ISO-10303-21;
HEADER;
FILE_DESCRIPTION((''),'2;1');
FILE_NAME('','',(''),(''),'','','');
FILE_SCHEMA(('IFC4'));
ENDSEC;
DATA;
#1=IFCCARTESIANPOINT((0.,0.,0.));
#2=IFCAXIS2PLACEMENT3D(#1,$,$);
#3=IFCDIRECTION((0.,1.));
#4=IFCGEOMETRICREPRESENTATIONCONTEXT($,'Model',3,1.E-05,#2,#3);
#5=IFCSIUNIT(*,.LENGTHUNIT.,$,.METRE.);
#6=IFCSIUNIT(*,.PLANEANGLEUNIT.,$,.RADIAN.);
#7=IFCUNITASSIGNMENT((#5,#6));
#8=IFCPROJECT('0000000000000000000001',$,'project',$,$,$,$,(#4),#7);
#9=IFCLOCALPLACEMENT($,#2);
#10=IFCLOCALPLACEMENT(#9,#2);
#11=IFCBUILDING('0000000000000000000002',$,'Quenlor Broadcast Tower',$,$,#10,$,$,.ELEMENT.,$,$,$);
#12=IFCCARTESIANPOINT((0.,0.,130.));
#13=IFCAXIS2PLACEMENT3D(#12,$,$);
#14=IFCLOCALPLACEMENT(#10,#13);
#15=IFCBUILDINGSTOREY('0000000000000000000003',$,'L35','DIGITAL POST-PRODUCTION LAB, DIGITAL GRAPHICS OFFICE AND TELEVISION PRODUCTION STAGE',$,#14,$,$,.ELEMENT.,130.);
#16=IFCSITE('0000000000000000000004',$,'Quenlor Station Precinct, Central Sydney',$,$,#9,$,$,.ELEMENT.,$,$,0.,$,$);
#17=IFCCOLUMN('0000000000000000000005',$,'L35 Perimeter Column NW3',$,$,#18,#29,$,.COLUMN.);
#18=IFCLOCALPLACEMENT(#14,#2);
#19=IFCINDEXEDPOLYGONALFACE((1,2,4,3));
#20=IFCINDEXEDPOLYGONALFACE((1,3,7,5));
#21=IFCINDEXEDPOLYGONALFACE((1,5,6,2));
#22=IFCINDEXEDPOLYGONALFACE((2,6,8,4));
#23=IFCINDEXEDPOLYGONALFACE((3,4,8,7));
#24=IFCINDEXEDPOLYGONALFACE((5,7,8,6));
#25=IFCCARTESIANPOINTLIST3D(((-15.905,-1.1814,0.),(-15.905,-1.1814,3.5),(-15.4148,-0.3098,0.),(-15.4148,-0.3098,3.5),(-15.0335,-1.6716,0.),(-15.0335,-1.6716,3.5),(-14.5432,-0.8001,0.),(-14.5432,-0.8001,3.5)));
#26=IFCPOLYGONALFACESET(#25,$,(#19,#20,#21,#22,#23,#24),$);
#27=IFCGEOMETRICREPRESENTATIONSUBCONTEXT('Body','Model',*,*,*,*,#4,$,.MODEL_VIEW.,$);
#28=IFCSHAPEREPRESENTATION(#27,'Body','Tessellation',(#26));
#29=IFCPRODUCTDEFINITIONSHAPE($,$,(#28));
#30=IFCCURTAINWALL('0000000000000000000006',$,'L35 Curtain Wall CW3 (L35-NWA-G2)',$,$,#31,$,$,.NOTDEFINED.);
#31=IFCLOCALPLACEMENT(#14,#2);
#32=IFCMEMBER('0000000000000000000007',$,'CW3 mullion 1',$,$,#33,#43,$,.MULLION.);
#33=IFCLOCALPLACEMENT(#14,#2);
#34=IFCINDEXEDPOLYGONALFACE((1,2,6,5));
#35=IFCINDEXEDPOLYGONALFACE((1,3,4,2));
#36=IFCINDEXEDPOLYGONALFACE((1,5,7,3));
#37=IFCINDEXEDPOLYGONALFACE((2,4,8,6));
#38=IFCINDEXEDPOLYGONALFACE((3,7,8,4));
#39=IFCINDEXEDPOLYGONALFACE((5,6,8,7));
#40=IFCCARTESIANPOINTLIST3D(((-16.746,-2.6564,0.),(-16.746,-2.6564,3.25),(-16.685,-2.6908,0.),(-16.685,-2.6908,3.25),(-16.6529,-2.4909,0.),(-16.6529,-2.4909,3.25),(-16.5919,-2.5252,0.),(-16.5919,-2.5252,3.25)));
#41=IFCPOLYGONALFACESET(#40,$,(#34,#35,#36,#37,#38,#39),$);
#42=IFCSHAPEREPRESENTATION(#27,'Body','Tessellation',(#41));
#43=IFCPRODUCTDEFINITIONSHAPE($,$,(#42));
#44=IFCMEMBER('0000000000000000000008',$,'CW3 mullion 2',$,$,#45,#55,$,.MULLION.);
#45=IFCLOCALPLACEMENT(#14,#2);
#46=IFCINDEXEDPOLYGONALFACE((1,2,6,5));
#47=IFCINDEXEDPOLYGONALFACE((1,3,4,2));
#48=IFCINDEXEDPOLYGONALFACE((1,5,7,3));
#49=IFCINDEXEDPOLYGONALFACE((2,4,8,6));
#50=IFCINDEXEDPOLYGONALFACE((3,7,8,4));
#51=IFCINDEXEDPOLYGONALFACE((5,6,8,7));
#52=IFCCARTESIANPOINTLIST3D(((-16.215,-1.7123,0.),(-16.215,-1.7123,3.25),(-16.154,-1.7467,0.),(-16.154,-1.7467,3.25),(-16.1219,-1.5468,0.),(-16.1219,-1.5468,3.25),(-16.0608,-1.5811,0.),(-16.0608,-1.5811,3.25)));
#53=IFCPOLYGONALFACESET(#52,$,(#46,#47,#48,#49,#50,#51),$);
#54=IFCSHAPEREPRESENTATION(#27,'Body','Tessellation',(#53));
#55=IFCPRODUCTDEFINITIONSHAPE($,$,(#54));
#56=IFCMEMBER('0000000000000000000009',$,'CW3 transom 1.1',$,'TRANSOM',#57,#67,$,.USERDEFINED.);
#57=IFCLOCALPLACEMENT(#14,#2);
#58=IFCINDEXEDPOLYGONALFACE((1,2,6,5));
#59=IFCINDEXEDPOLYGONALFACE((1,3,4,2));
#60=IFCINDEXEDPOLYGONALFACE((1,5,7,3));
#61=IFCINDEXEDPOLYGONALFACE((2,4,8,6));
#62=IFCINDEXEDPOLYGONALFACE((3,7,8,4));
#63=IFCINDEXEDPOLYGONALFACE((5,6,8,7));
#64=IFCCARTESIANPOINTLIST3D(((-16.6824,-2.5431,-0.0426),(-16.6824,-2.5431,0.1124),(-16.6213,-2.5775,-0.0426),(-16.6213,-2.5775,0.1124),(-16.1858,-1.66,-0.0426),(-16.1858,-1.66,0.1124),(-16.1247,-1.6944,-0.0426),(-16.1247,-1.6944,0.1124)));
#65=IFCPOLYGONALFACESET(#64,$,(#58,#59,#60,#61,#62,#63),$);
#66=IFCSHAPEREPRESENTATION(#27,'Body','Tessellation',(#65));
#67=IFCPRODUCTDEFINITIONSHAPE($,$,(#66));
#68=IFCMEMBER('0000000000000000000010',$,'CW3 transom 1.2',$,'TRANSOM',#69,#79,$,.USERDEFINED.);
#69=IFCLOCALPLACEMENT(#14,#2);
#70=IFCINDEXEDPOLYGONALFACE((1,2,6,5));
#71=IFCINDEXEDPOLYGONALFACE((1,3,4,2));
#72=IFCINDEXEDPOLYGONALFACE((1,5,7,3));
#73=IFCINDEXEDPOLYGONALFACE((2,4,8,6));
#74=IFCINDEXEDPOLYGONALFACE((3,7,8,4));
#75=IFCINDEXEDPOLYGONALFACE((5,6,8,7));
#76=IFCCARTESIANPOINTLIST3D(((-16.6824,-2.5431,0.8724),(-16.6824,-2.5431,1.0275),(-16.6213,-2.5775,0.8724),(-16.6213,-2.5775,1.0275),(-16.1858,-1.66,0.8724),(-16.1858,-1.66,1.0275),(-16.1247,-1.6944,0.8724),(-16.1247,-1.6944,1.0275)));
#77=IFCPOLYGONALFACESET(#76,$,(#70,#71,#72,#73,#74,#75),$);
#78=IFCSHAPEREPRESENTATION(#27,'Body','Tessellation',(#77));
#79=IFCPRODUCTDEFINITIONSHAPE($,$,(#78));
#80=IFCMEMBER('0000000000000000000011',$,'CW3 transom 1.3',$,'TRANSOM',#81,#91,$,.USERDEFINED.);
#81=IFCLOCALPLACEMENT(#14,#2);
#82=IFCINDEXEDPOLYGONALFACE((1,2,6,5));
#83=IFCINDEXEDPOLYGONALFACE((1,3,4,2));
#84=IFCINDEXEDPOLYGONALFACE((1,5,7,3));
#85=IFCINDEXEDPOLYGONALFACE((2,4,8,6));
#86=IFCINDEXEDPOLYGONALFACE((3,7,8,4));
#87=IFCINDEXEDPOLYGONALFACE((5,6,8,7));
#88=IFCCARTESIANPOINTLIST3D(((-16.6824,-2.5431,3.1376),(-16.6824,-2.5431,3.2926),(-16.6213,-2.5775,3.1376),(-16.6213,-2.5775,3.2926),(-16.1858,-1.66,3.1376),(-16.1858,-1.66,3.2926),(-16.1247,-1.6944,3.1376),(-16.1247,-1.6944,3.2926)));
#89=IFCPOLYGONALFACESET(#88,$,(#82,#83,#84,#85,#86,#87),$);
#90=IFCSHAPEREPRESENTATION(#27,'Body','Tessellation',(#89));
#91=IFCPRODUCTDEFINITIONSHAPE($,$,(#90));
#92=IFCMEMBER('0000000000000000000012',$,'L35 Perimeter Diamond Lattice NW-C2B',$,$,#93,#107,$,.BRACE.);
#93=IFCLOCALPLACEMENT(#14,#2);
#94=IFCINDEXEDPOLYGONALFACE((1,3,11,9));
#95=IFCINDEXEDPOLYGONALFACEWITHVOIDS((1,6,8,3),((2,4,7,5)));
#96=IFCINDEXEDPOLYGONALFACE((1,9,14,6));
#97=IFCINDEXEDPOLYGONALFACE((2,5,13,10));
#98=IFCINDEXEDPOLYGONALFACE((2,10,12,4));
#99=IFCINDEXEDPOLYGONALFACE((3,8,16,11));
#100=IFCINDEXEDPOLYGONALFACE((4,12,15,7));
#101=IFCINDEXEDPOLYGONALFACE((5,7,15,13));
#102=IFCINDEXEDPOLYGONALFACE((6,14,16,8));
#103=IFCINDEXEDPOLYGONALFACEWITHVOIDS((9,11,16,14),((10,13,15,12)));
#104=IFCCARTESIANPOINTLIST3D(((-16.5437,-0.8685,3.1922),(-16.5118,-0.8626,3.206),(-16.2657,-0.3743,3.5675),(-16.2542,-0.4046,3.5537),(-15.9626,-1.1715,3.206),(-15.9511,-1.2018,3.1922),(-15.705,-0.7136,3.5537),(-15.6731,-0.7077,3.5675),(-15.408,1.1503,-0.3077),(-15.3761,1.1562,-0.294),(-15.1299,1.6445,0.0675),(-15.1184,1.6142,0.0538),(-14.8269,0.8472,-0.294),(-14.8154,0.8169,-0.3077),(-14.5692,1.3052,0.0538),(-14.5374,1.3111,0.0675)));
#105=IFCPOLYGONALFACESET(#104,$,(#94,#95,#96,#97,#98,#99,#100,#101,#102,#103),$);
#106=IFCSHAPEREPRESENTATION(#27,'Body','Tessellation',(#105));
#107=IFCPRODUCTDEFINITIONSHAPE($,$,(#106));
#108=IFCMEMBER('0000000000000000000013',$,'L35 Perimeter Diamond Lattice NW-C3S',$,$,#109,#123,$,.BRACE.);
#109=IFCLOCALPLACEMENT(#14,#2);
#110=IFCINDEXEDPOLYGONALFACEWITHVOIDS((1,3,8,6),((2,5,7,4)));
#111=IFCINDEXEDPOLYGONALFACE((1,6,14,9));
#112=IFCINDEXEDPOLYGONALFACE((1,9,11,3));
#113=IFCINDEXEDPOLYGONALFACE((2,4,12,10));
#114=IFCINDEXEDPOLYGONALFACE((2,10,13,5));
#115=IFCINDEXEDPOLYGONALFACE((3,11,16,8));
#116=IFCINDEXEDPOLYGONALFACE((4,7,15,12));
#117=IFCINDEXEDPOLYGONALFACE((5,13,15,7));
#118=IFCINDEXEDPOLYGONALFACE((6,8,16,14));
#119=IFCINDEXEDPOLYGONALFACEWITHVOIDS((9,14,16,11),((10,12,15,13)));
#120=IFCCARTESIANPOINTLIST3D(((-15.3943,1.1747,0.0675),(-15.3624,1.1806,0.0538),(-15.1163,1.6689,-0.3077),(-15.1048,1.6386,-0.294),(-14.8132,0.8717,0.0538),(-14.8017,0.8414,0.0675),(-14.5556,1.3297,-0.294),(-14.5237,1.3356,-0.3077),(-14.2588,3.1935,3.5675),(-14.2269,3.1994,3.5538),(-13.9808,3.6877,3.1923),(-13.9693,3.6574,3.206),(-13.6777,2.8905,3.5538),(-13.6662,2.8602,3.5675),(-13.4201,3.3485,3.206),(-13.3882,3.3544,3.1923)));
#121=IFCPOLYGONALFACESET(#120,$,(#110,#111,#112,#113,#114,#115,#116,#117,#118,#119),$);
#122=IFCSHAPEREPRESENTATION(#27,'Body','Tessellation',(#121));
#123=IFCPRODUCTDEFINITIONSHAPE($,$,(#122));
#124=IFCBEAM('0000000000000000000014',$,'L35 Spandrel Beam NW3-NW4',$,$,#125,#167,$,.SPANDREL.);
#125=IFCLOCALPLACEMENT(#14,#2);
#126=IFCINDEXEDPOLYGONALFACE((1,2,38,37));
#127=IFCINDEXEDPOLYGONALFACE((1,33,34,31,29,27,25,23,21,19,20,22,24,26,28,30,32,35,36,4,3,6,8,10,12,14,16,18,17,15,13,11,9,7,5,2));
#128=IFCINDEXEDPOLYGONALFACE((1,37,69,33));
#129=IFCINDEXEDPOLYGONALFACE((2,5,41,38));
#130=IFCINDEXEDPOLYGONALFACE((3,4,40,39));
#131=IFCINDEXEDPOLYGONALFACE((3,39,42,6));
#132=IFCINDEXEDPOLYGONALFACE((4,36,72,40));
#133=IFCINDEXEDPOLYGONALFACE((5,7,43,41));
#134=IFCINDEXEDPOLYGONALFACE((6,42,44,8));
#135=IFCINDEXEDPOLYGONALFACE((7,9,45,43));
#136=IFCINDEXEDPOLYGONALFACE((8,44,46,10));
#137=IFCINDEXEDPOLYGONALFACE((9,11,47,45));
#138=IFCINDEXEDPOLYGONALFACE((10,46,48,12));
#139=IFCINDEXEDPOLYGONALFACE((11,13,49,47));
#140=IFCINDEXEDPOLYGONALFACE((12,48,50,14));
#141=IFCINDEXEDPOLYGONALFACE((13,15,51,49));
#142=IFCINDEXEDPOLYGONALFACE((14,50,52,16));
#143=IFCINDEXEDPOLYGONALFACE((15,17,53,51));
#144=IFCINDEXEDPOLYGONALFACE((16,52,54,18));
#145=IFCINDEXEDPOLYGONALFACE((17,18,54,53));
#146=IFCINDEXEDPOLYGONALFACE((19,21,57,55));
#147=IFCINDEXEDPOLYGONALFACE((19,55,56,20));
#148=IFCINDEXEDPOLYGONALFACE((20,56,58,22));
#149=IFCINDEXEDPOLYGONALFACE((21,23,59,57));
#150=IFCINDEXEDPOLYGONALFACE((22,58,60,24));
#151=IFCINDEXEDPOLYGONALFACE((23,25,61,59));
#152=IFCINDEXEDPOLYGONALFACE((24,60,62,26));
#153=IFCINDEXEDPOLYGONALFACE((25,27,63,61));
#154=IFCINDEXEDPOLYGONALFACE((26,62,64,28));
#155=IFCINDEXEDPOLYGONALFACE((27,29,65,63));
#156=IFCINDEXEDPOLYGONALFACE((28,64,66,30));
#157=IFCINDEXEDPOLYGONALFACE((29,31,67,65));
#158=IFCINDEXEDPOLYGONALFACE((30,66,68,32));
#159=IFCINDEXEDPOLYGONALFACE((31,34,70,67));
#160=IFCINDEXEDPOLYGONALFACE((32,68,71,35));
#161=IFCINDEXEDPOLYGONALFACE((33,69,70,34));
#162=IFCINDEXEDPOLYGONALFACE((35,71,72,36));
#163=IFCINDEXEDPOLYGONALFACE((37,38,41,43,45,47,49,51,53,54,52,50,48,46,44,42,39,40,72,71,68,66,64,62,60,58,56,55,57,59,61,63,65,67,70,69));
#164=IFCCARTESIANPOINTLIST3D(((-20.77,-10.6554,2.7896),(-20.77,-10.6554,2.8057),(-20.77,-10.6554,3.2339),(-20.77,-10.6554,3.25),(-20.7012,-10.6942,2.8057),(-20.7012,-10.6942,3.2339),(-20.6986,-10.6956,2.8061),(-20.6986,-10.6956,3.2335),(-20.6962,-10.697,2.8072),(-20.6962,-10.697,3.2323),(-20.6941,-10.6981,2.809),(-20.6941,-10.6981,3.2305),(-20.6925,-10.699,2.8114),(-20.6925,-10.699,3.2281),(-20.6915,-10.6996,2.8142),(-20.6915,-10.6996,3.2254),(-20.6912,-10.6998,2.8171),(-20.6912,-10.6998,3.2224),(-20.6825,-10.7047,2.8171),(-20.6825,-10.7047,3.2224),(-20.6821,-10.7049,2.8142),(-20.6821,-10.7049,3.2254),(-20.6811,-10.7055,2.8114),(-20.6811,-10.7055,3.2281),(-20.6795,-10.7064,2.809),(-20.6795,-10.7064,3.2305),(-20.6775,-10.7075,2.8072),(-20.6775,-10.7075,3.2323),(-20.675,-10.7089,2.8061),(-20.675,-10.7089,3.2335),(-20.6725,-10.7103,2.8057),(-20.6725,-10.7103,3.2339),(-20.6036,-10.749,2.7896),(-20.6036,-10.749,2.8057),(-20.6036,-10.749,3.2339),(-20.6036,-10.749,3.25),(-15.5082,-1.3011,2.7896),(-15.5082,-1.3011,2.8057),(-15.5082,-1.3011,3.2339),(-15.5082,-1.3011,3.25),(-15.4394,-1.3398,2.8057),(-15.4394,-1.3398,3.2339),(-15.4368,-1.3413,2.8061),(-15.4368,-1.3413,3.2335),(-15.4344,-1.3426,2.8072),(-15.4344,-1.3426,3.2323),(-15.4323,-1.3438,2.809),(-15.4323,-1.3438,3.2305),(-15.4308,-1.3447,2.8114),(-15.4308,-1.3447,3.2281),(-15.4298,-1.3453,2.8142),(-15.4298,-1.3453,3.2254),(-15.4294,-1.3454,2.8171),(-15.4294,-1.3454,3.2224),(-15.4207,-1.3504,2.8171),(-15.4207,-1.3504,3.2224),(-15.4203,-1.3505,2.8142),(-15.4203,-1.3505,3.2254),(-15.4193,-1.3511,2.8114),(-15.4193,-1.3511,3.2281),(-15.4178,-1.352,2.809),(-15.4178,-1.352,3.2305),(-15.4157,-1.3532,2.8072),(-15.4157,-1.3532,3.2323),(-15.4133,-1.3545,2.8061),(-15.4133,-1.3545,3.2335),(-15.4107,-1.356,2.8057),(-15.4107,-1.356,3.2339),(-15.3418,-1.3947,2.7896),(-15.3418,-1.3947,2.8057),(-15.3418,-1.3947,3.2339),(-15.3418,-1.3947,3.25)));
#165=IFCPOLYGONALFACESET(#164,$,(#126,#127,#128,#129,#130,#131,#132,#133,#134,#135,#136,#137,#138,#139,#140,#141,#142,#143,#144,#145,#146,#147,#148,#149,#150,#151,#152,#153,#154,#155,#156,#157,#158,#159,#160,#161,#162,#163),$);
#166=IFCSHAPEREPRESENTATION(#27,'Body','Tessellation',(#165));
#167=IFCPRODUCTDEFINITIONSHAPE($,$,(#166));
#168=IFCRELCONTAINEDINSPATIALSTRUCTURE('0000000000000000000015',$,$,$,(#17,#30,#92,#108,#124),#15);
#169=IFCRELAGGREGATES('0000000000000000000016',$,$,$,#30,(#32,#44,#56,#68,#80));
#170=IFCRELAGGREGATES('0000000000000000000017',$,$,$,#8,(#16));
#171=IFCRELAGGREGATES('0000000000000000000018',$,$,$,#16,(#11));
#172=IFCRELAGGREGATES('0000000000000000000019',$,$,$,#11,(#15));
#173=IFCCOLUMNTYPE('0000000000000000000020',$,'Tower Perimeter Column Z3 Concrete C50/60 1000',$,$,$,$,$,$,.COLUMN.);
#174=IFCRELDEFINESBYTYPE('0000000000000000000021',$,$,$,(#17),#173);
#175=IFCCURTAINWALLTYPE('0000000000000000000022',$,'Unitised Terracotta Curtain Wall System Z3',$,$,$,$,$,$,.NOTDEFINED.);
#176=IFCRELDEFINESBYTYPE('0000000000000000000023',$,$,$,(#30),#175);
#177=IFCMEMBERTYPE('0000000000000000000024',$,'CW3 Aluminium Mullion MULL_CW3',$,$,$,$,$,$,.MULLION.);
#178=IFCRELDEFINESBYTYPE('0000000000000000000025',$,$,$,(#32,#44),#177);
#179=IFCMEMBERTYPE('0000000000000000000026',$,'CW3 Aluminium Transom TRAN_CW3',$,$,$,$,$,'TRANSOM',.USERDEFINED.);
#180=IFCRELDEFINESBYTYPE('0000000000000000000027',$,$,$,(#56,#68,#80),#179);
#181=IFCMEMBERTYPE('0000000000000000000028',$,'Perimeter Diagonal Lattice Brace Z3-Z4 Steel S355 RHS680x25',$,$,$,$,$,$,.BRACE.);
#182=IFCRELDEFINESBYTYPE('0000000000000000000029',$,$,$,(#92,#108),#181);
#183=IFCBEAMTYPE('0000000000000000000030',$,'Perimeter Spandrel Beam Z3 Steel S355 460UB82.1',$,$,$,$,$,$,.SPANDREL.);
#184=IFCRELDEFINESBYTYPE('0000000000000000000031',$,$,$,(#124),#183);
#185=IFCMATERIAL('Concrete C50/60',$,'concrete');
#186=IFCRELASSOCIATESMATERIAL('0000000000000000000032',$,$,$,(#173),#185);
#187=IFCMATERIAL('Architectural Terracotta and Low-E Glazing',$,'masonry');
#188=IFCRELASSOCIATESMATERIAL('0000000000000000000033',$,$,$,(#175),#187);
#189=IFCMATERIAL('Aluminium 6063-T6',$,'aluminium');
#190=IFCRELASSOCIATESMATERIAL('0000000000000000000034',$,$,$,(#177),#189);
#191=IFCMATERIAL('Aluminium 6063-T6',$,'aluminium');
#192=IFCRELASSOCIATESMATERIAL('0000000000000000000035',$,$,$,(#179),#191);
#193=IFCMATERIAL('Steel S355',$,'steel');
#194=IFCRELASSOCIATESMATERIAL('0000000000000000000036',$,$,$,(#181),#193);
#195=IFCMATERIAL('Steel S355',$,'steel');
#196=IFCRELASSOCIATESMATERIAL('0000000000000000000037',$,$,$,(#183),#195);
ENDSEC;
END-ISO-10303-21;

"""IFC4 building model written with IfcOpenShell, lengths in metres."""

from ifc_helpers import new_model, si_unit, direction, frame, origin, origin_2d, place, context, subcontext, project, spatial, rectangle, hollow_rectangle, i_section, extrude, material, material_profile, profile_set, type_object, element, aggregate, save


model = new_model("IFC4")

# Units and contexts
model_context = context("Model", 3, precision=1e-05, world=origin(), true_north=direction((0.0, 1.0)))
body_context = subcontext(model_context, "Body", "Model", "MODEL_VIEW")
ifc_project = project(units=[si_unit("LENGTHUNIT", "METRE"), si_unit("PLANEANGLEUNIT", "RADIAN")], contexts=[model_context])

# Site, building, storey
site_placement = place(None, origin())
site = spatial("IfcSite", under=ifc_project, at=site_placement, Name="Quenlor Station Precinct, Central Sydney", CompositionType="ELEMENT", RefElevation=0.0)
building_placement = place(site_placement, origin())
building = spatial("IfcBuilding", under=site, at=building_placement, Name="Quenlor Broadcast Tower", CompositionType="ELEMENT")
storey_placement = place(building_placement, frame((0.0, 0.0, 130.0)))
storey = spatial("IfcBuildingStorey", under=building, at=storey_placement, Name="L35", Description="DIGITAL POST-PRODUCTION LAB, DIGITAL GRAPHICS OFFICE AND TELEVISION PRODUCTION STAGE", CompositionType="ELEMENT", Elevation=130.0)

# Column
ifc_material_1 = material(Name="Concrete C50/60", Category="concrete")
ifc_material_profile_1 = material_profile(ifc_material_1, rectangle(XDim=1.0, YDim=1.0, at=origin_2d()))
ifc_profile_set_1 = profile_set([ifc_material_profile_1], Name="Concrete C50/60 RC1000x1000")
column_type = type_object("IfcColumnType", Name="Tower Perimeter Column Z3 Concrete C50/60 1000", PredefinedType="COLUMN", material=ifc_profile_set_1)
column_placement = place(storey_placement, frame((-15.2241, -0.9907, 0.0), z_axis=(0.0, 0.0, 1.0), x_axis=(-0.871575, 0.490262, 0.0)))
element("IfcColumn", 1, at=column_placement, inside=storey, type_object=column_type, Name="L35 Perimeter Column NW3", PredefinedType="COLUMN", context=body_context, shape_type="SweptSolid", body=[
    extrude(rectangle(XDim=1.0, YDim=1.0, at=origin_2d()), origin(), (0.0, 0.0, 1.0), 3.5),
])

# Curtain wall, members
ifc_material_2 = material(Name="Architectural Terracotta and Low-E Glazing", Category="masonry")
curtain_wall_type = type_object("IfcCurtainWallType", Name="Unitised Terracotta Curtain Wall System Z3", PredefinedType="NOTDEFINED", material=ifc_material_2)
curtain_wall_placement = place(storey_placement, origin())
curtain_wall = element("IfcCurtainWall", 2, at=curtain_wall_placement, inside=storey, type_object=curtain_wall_type, Name="L35 Curtain Wall CW3 (L35-NWA-G2)", PredefinedType="NOTDEFINED")
ifc_material_3 = material(Name="Aluminium 6063-T6", Category="aluminium")
ifc_material_profile_2 = material_profile(ifc_material_3, rectangle(XDim=0.0701, YDim=0.1899, at=origin_2d()))
ifc_profile_set_2 = profile_set([ifc_material_profile_2], Name="Aluminium 6063-T6 MULL70x190")
member_type_1 = type_object("IfcMemberType", Name="CW3 Aluminium Mullion MULL_CW3", PredefinedType="MULLION", material=ifc_profile_set_2)
member_1_placement = place(storey_placement, frame((-16.6689, -2.5908, 0.0), z_axis=(0.0, 0.0, 1.0), x_axis=(-0.87158, 0.490253, 0.0)))
member_1 = element("IfcMember", 3, at=member_1_placement, type_object=member_type_1, Name="CW3 mullion 1", PredefinedType="MULLION", context=body_context, shape_type="SweptSolid", body=[
    extrude(rectangle(XDim=0.0701, YDim=0.1899, at=origin_2d()), origin(), (0.0, 0.0, 1.0), 3.25),
])
member_2_placement = place(storey_placement, frame((-16.1379, -1.6467, 0.0), z_axis=(0.0, 0.0, 1.0), x_axis=(-0.87158, 0.490253, 0.0)))
member_2 = element("IfcMember", 4, at=member_2_placement, type_object=member_type_1, Name="CW3 mullion 2", PredefinedType="MULLION", context=body_context, shape_type="SweptSolid", body=[
    extrude(rectangle(XDim=0.0701, YDim=0.1899, at=origin_2d()), origin(), (0.0, 0.0, 1.0), 3.25),
])
ifc_material_4 = material(Name="Aluminium 6063-T6", Category="aluminium")
ifc_material_profile_3 = material_profile(ifc_material_4, rectangle(XDim=0.0701, YDim=0.155, at=origin_2d()))
ifc_profile_set_3 = profile_set([ifc_material_profile_3], Name="Aluminium 6063-T6 TRAN70x155")
member_type_2 = type_object("IfcMemberType", Name="CW3 Aluminium Transom TRAN_CW3", ElementType="TRANSOM", PredefinedType="USERDEFINED", material=ifc_profile_set_3)
member_3_placement = place(storey_placement, frame((-16.6519, -2.5603, 0.0349), z_axis=(0.490158, 0.871633, 0.0), x_axis=(-0.871633, 0.490158, 0.0)))
member_3 = element("IfcMember", 5, at=member_3_placement, type_object=member_type_2, Name="CW3 transom 1.1", ObjectType="TRANSOM", PredefinedType="USERDEFINED", context=body_context, shape_type="SweptSolid", body=[
    extrude(rectangle(XDim=0.0701, YDim=0.155, at=origin_2d()), origin(), (0.0, 0.0, 1.0), 1.0132),
])
member_4_placement = place(storey_placement, frame((-16.6519, -2.5603, 0.95), z_axis=(0.490158, 0.871633, 0.0), x_axis=(-0.871633, 0.490158, 0.0)))
member_4 = element("IfcMember", 6, at=member_4_placement, type_object=member_type_2, Name="CW3 transom 1.2", ObjectType="TRANSOM", PredefinedType="USERDEFINED", context=body_context, shape_type="SweptSolid", body=[
    extrude(rectangle(XDim=0.0701, YDim=0.155, at=origin_2d()), origin(), (0.0, 0.0, 1.0), 1.0132),
])
member_5_placement = place(storey_placement, frame((-16.6519, -2.5603, 3.2151), z_axis=(0.490158, 0.871633, 0.0), x_axis=(-0.871633, 0.490158, 0.0)))
member_5 = element("IfcMember", 7, at=member_5_placement, type_object=member_type_2, Name="CW3 transom 1.3", ObjectType="TRANSOM", PredefinedType="USERDEFINED", context=body_context, shape_type="SweptSolid", body=[
    extrude(rectangle(XDim=0.0701, YDim=0.155, at=origin_2d()), origin(), (0.0, 0.0, 1.0), 1.0132),
])

# Members
ifc_material_5 = material(Name="Steel S355", Category="steel")
ifc_material_profile_4 = material_profile(ifc_material_5, hollow_rectangle(XDim=0.6799, YDim=0.6799, WallThickness=0.0249, at=origin_2d()))
ifc_profile_set_4 = profile_set([ifc_material_profile_4], Name="Steel S355 RHS680x680x25")
member_type_3 = type_object("IfcMemberType", Name="Perimeter Diagonal Lattice Brace Z3-Z4 Steel S355 RHS680x25", PredefinedType="BRACE", material=ifc_profile_set_4)
for number, where, z_axis, x_axis, name in (
    (8, (-14.9727, 1.2307, -0.1201), (-0.270603, -0.481001, 0.833914), (0.871545, -0.490316, 0.0), "L35 Perimeter Diamond Lattice NW-C2B"),
    (9, (-14.959, 1.2551, -0.1201), (0.270549, 0.481009, 0.833927), (-0.87159, 0.490236, 0.0), "L35 Perimeter Diamond Lattice NW-C3S"),
):
    element("IfcMember", number, at=place(storey_placement, frame(where, z_axis=z_axis, x_axis=x_axis)), inside=storey, type_object=member_type_3, Name=name, PredefinedType="BRACE", context=body_context, shape_type="SweptSolid", body=[
        extrude(hollow_rectangle(XDim=0.6799, YDim=0.6799, WallThickness=0.0249, at=origin_2d()), origin(), (0.0, 0.0, 1.0), 4.197),
    ])

# Beam
ifc_material_6 = material(Name="Steel S355", Category="steel")
ifc_material_profile_5 = material_profile(ifc_material_6, i_section(OverallWidth=0.1909, OverallDepth=0.4604, WebThickness=0.01, FlangeThickness=0.0161, FilletRadius=0.0115, at=origin_2d()))
ifc_profile_set_5 = profile_set([ifc_material_profile_5], Name="Steel S355 460UB82.1")
beam_type_1 = type_object("IfcBeamType", Name="Perimeter Spandrel Beam Z3 Steel S355 460UB82.1", PredefinedType="SPANDREL", material=ifc_profile_set_5)
beam_1_placement = place(storey_placement, frame((-15.425, -1.3479, 3.0198), z_axis=(-0.490258, -0.871577, 0.0), x_axis=(0.871577, -0.490258, 0.0)))
element("IfcBeam", 10, at=beam_1_placement, inside=storey, type_object=beam_type_1, Name="L35 Spandrel Beam NW3-NW4", PredefinedType="SPANDREL", context=body_context, shape_type="SweptSolid", body=[
    extrude(i_section(OverallWidth=0.1909, OverallDepth=0.4604, WebThickness=0.01, FlangeThickness=0.0161, FilletRadius=0.0115, at=origin_2d()), origin(), (0.0, 0.0, 1.0), 10.7327),
])

aggregate(curtain_wall, [member_1, member_2, member_3, member_4, member_5])

save(model, "model.ifc")
